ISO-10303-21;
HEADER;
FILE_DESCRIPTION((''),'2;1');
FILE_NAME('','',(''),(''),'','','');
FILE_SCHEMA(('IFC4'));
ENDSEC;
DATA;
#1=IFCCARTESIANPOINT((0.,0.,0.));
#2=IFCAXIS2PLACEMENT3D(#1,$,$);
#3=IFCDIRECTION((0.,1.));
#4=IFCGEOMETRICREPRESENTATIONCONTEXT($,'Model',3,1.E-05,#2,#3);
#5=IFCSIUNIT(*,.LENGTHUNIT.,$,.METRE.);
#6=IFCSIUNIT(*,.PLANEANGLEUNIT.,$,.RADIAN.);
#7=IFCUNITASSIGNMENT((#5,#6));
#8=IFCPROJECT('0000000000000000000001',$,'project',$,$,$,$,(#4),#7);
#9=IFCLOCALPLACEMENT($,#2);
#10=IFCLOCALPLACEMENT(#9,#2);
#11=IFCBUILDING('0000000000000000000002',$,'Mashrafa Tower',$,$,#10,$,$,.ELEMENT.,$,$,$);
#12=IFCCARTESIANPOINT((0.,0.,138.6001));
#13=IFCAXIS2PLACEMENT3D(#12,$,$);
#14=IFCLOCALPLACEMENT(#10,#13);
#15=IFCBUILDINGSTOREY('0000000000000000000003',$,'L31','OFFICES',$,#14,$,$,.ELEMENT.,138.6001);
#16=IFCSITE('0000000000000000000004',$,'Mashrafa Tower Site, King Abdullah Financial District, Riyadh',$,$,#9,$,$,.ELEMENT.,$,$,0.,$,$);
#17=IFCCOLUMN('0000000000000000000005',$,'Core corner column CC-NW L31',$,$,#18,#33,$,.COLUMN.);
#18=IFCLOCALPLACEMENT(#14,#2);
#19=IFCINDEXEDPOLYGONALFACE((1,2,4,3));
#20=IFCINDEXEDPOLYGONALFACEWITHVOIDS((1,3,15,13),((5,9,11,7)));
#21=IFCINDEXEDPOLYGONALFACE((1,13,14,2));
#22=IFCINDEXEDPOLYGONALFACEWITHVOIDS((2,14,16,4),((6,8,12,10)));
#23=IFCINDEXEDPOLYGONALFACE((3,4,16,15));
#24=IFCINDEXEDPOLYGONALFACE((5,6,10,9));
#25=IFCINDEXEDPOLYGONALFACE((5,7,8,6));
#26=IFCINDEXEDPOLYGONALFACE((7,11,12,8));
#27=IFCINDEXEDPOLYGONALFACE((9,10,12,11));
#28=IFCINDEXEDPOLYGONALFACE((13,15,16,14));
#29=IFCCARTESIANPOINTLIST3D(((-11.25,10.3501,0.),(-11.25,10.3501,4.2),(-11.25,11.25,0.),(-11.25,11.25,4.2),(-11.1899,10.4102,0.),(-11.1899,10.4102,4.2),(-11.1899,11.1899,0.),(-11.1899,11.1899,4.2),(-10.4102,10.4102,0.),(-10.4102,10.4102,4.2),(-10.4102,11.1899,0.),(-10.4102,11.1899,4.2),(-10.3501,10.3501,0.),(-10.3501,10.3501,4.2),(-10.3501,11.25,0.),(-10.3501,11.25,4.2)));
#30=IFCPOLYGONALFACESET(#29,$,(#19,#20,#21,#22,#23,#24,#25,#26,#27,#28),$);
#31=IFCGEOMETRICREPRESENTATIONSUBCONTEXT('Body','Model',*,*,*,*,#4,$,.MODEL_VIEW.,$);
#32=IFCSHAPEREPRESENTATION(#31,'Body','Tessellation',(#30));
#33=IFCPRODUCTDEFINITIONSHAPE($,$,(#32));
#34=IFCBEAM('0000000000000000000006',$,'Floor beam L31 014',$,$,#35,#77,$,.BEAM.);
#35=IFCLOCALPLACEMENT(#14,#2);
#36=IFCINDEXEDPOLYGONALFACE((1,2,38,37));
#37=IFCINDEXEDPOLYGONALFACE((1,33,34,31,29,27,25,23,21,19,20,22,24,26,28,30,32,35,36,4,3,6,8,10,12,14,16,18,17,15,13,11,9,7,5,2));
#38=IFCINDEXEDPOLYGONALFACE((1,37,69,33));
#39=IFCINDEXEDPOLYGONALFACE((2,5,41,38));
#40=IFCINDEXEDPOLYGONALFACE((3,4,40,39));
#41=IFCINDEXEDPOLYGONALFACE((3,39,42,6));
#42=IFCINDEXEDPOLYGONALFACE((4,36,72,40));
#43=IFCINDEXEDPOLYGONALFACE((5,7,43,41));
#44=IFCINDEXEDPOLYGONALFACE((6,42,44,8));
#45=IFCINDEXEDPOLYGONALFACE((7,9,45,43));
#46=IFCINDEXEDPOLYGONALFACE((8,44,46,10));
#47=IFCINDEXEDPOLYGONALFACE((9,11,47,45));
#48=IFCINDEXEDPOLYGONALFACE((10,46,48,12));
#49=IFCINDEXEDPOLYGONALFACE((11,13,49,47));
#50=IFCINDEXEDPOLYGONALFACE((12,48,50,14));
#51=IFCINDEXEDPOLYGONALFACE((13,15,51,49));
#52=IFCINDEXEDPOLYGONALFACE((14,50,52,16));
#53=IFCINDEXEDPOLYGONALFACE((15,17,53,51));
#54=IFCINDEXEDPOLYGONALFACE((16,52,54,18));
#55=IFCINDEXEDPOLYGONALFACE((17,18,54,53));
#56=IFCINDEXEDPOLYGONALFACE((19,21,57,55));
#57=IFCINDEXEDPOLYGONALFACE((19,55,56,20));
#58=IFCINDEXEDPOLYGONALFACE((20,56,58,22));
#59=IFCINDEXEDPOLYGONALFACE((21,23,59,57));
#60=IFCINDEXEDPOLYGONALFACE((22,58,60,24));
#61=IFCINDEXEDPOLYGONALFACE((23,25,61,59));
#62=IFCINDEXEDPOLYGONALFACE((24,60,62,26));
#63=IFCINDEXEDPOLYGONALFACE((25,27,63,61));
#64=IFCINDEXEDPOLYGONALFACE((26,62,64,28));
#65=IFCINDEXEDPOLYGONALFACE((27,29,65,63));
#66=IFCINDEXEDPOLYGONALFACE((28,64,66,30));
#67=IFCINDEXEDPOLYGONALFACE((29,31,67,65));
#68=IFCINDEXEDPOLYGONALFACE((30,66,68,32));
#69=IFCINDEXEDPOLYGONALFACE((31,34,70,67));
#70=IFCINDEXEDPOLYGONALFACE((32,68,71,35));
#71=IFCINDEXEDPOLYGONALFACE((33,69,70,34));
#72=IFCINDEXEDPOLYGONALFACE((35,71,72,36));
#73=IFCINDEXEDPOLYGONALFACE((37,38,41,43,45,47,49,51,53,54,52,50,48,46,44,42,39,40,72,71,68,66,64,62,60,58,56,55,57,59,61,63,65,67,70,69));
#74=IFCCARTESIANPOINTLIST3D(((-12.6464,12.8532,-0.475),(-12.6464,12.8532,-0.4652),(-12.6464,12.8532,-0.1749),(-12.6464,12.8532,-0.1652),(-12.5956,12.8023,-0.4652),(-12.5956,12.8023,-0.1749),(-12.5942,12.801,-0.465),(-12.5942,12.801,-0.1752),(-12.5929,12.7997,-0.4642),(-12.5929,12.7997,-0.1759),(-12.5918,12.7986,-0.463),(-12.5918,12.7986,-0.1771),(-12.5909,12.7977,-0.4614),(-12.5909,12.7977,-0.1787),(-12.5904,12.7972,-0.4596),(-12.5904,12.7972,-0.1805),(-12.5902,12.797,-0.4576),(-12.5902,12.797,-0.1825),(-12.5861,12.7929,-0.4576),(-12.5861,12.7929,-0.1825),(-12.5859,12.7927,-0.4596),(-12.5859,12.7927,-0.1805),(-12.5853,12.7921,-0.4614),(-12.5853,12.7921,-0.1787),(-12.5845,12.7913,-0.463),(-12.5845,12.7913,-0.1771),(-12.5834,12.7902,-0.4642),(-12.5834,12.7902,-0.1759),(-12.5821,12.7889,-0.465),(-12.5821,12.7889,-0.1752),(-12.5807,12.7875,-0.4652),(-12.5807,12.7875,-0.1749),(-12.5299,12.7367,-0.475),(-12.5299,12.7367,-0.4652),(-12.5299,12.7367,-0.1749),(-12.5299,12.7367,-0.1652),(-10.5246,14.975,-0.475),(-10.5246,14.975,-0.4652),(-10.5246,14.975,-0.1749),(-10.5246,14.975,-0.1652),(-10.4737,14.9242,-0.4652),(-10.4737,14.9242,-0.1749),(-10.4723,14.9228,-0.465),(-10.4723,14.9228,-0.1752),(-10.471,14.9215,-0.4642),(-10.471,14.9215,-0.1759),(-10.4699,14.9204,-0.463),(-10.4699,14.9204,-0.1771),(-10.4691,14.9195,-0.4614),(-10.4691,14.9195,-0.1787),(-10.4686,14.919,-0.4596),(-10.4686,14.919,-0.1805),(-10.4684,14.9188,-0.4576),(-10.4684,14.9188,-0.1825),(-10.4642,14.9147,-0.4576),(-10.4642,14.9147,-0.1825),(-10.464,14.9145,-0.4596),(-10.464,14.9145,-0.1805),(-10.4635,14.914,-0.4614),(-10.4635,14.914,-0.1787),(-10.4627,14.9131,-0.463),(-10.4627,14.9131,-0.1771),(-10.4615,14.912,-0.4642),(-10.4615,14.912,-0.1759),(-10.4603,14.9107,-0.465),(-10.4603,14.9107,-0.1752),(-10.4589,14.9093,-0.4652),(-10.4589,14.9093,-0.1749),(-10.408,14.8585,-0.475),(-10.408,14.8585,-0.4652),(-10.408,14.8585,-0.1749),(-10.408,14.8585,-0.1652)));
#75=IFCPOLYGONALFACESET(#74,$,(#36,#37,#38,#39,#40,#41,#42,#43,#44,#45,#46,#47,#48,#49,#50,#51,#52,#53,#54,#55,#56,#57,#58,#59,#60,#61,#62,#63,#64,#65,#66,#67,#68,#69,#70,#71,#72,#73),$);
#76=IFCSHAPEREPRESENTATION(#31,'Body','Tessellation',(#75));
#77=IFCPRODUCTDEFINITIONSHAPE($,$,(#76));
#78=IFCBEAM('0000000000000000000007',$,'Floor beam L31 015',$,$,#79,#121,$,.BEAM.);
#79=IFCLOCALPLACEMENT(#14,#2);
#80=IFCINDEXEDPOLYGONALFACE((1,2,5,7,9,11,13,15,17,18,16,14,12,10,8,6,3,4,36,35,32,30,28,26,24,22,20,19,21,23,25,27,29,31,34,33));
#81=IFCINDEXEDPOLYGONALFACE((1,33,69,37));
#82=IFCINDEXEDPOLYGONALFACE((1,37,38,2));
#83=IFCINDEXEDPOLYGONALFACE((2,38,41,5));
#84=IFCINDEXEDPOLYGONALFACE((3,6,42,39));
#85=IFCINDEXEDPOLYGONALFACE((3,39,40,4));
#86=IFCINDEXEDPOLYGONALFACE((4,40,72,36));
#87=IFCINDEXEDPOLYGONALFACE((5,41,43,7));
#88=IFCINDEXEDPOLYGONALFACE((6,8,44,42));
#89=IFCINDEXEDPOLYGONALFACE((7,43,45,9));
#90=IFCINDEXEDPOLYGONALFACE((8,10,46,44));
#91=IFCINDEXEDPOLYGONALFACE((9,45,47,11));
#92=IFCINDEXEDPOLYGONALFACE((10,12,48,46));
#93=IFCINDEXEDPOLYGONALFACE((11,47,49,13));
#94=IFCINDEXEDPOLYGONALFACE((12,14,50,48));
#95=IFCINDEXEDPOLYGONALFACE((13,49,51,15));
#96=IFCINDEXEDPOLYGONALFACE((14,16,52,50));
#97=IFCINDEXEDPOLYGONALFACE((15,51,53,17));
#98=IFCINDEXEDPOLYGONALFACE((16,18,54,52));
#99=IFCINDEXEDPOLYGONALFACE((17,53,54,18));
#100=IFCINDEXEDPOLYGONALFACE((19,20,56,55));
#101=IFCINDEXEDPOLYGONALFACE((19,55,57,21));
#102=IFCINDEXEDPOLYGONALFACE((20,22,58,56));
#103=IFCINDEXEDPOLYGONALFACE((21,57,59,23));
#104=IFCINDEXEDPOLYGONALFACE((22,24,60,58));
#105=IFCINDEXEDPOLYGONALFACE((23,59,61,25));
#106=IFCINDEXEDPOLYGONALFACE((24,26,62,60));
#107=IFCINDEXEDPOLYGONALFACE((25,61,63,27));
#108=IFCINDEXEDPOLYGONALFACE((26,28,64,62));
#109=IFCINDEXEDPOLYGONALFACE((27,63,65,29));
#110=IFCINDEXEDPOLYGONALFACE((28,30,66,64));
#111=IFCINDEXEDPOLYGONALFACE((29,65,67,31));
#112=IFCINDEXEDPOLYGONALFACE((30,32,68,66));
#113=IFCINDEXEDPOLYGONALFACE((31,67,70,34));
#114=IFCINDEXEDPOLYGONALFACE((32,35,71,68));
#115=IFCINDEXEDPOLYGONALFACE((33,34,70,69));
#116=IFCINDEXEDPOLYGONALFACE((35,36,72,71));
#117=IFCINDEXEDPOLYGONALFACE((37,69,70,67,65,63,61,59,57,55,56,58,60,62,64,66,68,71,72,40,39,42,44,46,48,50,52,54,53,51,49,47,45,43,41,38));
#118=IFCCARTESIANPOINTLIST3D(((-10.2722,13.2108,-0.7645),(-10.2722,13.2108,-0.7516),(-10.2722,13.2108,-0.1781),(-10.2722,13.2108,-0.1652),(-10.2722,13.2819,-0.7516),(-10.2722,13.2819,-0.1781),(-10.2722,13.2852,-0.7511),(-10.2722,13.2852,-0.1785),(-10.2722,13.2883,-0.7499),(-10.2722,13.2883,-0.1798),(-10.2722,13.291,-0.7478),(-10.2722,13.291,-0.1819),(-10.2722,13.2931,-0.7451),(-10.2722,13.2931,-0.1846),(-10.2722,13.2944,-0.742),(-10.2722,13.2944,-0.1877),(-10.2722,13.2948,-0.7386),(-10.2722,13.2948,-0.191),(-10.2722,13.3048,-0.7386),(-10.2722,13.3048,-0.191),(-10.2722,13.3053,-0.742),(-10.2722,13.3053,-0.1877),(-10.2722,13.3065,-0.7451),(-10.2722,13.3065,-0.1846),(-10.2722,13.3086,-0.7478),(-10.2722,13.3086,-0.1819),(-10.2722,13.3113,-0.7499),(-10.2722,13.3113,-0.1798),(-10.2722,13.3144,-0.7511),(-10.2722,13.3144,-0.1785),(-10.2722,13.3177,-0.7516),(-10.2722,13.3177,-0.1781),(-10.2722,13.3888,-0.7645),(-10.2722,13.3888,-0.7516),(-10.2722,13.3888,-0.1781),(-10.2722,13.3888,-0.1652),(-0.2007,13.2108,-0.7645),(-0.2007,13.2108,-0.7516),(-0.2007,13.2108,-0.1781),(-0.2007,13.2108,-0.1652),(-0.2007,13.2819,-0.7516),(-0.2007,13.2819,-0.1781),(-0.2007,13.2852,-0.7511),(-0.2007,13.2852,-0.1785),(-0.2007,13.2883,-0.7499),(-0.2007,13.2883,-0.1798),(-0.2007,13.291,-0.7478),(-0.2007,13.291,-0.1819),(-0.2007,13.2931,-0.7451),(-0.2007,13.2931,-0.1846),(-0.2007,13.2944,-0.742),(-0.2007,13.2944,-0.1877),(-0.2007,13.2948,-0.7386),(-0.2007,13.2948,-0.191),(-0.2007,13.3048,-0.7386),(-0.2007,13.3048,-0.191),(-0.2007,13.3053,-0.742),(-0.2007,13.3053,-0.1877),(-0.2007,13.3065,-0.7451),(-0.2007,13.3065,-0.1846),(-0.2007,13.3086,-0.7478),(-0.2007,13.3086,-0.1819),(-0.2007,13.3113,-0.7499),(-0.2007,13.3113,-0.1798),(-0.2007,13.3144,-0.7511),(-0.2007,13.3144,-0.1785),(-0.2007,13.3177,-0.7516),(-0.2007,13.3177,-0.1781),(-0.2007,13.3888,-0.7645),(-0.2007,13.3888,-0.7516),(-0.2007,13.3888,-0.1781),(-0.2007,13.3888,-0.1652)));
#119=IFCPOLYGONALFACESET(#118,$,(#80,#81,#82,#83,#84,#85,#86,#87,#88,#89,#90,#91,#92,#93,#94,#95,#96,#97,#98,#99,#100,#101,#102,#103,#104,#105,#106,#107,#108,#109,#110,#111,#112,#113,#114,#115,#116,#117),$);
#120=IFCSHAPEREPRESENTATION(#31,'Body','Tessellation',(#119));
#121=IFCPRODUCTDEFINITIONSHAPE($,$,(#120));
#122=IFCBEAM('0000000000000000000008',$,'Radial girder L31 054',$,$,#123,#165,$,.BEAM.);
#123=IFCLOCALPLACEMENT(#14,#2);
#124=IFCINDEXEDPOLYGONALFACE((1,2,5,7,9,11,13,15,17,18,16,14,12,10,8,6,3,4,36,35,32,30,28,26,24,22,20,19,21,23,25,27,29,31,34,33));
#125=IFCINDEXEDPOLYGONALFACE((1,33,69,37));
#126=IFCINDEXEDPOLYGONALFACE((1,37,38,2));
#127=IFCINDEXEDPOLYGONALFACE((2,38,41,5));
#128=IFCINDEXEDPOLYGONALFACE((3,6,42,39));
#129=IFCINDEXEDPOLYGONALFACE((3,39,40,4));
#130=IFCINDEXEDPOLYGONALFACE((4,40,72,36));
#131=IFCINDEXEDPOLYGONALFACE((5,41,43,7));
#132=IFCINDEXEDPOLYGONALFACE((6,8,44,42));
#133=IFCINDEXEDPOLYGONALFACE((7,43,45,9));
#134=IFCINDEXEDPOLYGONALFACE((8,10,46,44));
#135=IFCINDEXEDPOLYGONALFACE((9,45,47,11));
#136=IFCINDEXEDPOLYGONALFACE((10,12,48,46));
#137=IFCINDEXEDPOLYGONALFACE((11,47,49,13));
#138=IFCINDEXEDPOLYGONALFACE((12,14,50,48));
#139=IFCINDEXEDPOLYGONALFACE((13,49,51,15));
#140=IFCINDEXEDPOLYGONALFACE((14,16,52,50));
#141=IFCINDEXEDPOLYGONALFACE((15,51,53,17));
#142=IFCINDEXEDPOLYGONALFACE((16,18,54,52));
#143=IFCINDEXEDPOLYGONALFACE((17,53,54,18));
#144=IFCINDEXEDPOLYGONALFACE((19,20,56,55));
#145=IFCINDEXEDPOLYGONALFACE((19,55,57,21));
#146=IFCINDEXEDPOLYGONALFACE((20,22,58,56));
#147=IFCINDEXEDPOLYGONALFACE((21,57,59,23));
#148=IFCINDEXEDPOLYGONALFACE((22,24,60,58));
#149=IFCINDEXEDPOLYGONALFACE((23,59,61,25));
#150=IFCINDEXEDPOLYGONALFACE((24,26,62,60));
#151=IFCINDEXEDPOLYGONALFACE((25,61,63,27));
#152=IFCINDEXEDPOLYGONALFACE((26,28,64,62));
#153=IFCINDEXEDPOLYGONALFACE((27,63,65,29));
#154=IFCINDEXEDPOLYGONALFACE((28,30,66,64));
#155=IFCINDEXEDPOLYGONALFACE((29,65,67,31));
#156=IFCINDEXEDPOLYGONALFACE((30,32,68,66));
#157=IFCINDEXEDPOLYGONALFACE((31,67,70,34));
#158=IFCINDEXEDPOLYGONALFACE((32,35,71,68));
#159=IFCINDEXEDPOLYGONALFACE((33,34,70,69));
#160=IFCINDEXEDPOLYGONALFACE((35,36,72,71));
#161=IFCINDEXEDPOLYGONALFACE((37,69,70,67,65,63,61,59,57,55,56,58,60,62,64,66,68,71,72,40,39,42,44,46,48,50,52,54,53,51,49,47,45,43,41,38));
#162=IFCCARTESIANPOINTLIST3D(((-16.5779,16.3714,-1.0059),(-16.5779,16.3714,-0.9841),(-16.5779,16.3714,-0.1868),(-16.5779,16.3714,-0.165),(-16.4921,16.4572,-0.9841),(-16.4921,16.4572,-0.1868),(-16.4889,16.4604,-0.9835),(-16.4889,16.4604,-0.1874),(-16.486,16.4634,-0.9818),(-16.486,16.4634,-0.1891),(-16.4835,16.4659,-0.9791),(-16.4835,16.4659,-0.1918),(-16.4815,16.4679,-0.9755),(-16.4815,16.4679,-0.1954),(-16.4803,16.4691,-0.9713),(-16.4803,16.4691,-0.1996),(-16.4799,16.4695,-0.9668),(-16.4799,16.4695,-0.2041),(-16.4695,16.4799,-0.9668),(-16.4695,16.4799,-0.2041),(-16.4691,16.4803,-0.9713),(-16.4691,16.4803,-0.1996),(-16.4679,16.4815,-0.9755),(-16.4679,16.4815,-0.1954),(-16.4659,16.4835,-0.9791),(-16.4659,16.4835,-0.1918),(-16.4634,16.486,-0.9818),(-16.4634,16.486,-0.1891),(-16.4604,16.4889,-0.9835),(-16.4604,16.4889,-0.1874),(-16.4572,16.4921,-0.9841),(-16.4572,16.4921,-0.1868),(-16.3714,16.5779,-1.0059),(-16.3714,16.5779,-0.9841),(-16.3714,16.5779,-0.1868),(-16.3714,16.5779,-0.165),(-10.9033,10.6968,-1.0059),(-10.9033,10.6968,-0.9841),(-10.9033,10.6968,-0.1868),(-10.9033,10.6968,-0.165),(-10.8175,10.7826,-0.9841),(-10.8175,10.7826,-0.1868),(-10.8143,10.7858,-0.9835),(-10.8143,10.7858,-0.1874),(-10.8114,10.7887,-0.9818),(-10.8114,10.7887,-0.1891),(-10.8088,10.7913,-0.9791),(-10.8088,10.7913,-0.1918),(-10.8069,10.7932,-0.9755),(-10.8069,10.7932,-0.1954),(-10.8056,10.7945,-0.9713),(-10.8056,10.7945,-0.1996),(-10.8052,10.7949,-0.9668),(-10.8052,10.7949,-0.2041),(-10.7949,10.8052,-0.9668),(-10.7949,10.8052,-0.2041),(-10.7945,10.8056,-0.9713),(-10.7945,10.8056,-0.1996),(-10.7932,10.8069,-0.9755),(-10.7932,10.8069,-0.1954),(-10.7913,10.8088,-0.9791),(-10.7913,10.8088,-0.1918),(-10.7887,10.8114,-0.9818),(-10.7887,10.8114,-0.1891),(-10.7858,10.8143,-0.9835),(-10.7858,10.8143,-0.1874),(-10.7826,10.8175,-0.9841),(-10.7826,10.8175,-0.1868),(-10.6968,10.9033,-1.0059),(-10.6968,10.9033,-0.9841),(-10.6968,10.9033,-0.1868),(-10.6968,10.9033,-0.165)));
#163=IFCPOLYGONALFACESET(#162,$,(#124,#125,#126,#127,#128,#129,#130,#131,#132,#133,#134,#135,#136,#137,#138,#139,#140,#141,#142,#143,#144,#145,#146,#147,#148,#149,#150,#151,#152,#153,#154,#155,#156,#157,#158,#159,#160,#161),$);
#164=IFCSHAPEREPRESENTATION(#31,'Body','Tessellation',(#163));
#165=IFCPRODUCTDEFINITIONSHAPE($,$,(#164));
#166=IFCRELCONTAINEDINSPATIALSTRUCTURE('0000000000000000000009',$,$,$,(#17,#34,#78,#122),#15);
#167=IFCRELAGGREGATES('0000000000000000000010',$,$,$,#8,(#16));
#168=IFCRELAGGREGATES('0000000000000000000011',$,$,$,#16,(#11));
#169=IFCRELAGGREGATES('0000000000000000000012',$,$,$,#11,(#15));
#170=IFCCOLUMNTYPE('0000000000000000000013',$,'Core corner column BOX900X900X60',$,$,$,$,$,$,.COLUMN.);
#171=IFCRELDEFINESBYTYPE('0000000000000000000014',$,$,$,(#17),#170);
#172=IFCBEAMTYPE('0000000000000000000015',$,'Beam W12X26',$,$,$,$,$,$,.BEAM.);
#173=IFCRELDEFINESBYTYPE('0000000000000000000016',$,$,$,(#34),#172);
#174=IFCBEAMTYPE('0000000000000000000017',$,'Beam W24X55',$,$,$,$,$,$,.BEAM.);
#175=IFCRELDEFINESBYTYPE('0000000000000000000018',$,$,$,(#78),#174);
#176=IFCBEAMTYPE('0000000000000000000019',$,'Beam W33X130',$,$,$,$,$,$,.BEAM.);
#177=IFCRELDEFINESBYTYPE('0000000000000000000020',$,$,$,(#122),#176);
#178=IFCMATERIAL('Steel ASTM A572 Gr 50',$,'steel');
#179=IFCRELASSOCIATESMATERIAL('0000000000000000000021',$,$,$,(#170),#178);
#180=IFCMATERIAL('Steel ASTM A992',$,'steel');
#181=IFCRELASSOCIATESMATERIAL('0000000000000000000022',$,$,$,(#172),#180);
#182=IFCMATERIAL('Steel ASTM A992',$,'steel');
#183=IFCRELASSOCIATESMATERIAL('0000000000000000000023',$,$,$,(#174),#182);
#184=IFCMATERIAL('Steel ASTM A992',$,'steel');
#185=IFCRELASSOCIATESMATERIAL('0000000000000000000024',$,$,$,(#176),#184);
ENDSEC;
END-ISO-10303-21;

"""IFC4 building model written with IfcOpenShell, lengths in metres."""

from ifc_helpers import new_model, si_unit, direction, frame, origin, origin_2d, place, context, subcontext, project, spatial, hollow_rectangle, i_section, extrude, material, material_profile, profile_set, type_object, element, save


model = new_model("IFC4")

# Units and contexts
model_context = context("Model", 3, precision=1e-05, world=origin(), true_north=direction((0.0, 1.0)))
body_context = subcontext(model_context, "Body", "Model", "MODEL_VIEW")
ifc_project = project(units=[si_unit("LENGTHUNIT", "METRE"), si_unit("PLANEANGLEUNIT", "RADIAN")], contexts=[model_context])

# Site, building, storey
site_placement = place(None, origin())
site = spatial("IfcSite", under=ifc_project, at=site_placement, Name="Mashrafa Tower Site, King Abdullah Financial District, Riyadh", CompositionType="ELEMENT", RefElevation=0.0)
building_placement = place(site_placement, origin())
building = spatial("IfcBuilding", under=site, at=building_placement, Name="Mashrafa Tower", CompositionType="ELEMENT")
storey_placement = place(building_placement, frame((0.0, 0.0, 138.6001)))
storey = spatial("IfcBuildingStorey", under=building, at=storey_placement, Name="L31", Description="OFFICES", CompositionType="ELEMENT", Elevation=138.6001)

# Column
ifc_material_1 = material(Name="Steel ASTM A572 Gr 50", Category="steel")
ifc_material_profile_1 = material_profile(ifc_material_1, hollow_rectangle(XDim=0.8999, YDim=0.8999, WallThickness=0.0601, at=origin_2d()), Name="BOX900X900X60")
ifc_profile_set_1 = profile_set([ifc_material_profile_1], Name="Steel ASTM A572 Gr 50")
column_type = type_object("IfcColumnType", Name="Core corner column BOX900X900X60", PredefinedType="COLUMN", material=ifc_profile_set_1)
column_placement = place(storey_placement, frame((-10.8, 10.8, 0.0), z_axis=(0.0, 0.0, 1.0), x_axis=(1.0, 0.0, 0.0)))
element("IfcColumn", 1, at=column_placement, inside=storey, type_object=column_type, Name="Core corner column CC-NW L31", PredefinedType="COLUMN", context=body_context, shape_type="SweptSolid", body=[
    extrude(hollow_rectangle(XDim=0.8999, YDim=0.8999, WallThickness=0.0601, at=origin_2d()), origin(), (0.0, 0.0, 1.0), 4.2),
])

# Beams
ifc_material_2 = material(Name="Steel ASTM A992", Category="steel")
ifc_material_profile_2 = material_profile(ifc_material_2, i_section(OverallWidth=0.1648, OverallDepth=0.3098, WebThickness=0.0059, FlangeThickness=0.0098, FilletRadius=0.0076, at=origin_2d()), Name="W12X26")
ifc_profile_set_2 = profile_set([ifc_material_profile_2], Name="Steel ASTM A992")
beam_type_1 = type_object("IfcBeamType", Name="Beam W12X26", PredefinedType="BEAM", material=ifc_profile_set_2)
beam_1_placement = place(storey_placement, frame((-12.5881, 12.7949, -0.3201), z_axis=(0.707107, 0.707107, 0.0), x_axis=(-0.707107, 0.707107, 0.0)))
element("IfcBeam", 2, at=beam_1_placement, inside=storey, type_object=beam_type_1, Name="Floor beam L31 014", PredefinedType="BEAM", context=body_context, shape_type="SweptSolid", body=[
    extrude(i_section(OverallWidth=0.1648, OverallDepth=0.3098, WebThickness=0.0059, FlangeThickness=0.0098, FilletRadius=0.0076, at=origin_2d()), origin(), (0.0, 0.0, 1.0), 3.0007),
])
ifc_material_3 = material(Name="Steel ASTM A992", Category="steel")
ifc_material_profile_3 = material_profile(ifc_material_3, i_section(OverallWidth=0.178, OverallDepth=0.5994, WebThickness=0.01, FlangeThickness=0.0129, FilletRadius=0.0129, at=origin_2d()), Name="W24X55")
ifc_profile_set_3 = profile_set([ifc_material_profile_3], Name="Steel ASTM A992")
beam_type_2 = type_object("IfcBeamType", Name="Beam W24X55", PredefinedType="BEAM", material=ifc_profile_set_3)
beam_2_placement = place(storey_placement, frame((-10.2722, 13.2998, -0.4648), z_axis=(1.0, 0.0, 0.0), x_axis=(0.0, 1.0, 0.0)))
element("IfcBeam", 3, at=beam_2_placement, inside=storey, type_object=beam_type_2, Name="Floor beam L31 015", PredefinedType="BEAM", context=body_context, shape_type="SweptSolid", body=[
    extrude(i_section(OverallWidth=0.178, OverallDepth=0.5994, WebThickness=0.01, FlangeThickness=0.0129, FilletRadius=0.0129, at=origin_2d()), origin(), (0.0, 0.0, 1.0), 10.0715),
])
ifc_material_4 = material(Name="Steel ASTM A992", Category="steel")
ifc_material_profile_4 = material_profile(ifc_material_4, i_section(OverallWidth=0.292, OverallDepth=0.8408, WebThickness=0.0146, FlangeThickness=0.0217, FilletRadius=0.0173, at=origin_2d()), Name="W33X130")
ifc_profile_set_4 = profile_set([ifc_material_profile_4], Name="Steel ASTM A992")
beam_type_3 = type_object("IfcBeamType", Name="Beam W33X130", PredefinedType="BEAM", material=ifc_profile_set_4)
beam_3_placement = place(storey_placement, frame((-10.8, 10.8, -0.5854), z_axis=(-0.707107, 0.707107, 0.0), x_axis=(-0.707107, -0.707107, 0.0)))
element("IfcBeam", 4, at=beam_3_placement, inside=storey, type_object=beam_type_3, Name="Radial girder L31 054", PredefinedType="BEAM", context=body_context, shape_type="SweptSolid", body=[
    extrude(i_section(OverallWidth=0.292, OverallDepth=0.8408, WebThickness=0.0146, FlangeThickness=0.0217, FilletRadius=0.0173, at=origin_2d()), origin(), (0.0, 0.0, 1.0), 8.0251),
])

save(model, "model.ifc")
